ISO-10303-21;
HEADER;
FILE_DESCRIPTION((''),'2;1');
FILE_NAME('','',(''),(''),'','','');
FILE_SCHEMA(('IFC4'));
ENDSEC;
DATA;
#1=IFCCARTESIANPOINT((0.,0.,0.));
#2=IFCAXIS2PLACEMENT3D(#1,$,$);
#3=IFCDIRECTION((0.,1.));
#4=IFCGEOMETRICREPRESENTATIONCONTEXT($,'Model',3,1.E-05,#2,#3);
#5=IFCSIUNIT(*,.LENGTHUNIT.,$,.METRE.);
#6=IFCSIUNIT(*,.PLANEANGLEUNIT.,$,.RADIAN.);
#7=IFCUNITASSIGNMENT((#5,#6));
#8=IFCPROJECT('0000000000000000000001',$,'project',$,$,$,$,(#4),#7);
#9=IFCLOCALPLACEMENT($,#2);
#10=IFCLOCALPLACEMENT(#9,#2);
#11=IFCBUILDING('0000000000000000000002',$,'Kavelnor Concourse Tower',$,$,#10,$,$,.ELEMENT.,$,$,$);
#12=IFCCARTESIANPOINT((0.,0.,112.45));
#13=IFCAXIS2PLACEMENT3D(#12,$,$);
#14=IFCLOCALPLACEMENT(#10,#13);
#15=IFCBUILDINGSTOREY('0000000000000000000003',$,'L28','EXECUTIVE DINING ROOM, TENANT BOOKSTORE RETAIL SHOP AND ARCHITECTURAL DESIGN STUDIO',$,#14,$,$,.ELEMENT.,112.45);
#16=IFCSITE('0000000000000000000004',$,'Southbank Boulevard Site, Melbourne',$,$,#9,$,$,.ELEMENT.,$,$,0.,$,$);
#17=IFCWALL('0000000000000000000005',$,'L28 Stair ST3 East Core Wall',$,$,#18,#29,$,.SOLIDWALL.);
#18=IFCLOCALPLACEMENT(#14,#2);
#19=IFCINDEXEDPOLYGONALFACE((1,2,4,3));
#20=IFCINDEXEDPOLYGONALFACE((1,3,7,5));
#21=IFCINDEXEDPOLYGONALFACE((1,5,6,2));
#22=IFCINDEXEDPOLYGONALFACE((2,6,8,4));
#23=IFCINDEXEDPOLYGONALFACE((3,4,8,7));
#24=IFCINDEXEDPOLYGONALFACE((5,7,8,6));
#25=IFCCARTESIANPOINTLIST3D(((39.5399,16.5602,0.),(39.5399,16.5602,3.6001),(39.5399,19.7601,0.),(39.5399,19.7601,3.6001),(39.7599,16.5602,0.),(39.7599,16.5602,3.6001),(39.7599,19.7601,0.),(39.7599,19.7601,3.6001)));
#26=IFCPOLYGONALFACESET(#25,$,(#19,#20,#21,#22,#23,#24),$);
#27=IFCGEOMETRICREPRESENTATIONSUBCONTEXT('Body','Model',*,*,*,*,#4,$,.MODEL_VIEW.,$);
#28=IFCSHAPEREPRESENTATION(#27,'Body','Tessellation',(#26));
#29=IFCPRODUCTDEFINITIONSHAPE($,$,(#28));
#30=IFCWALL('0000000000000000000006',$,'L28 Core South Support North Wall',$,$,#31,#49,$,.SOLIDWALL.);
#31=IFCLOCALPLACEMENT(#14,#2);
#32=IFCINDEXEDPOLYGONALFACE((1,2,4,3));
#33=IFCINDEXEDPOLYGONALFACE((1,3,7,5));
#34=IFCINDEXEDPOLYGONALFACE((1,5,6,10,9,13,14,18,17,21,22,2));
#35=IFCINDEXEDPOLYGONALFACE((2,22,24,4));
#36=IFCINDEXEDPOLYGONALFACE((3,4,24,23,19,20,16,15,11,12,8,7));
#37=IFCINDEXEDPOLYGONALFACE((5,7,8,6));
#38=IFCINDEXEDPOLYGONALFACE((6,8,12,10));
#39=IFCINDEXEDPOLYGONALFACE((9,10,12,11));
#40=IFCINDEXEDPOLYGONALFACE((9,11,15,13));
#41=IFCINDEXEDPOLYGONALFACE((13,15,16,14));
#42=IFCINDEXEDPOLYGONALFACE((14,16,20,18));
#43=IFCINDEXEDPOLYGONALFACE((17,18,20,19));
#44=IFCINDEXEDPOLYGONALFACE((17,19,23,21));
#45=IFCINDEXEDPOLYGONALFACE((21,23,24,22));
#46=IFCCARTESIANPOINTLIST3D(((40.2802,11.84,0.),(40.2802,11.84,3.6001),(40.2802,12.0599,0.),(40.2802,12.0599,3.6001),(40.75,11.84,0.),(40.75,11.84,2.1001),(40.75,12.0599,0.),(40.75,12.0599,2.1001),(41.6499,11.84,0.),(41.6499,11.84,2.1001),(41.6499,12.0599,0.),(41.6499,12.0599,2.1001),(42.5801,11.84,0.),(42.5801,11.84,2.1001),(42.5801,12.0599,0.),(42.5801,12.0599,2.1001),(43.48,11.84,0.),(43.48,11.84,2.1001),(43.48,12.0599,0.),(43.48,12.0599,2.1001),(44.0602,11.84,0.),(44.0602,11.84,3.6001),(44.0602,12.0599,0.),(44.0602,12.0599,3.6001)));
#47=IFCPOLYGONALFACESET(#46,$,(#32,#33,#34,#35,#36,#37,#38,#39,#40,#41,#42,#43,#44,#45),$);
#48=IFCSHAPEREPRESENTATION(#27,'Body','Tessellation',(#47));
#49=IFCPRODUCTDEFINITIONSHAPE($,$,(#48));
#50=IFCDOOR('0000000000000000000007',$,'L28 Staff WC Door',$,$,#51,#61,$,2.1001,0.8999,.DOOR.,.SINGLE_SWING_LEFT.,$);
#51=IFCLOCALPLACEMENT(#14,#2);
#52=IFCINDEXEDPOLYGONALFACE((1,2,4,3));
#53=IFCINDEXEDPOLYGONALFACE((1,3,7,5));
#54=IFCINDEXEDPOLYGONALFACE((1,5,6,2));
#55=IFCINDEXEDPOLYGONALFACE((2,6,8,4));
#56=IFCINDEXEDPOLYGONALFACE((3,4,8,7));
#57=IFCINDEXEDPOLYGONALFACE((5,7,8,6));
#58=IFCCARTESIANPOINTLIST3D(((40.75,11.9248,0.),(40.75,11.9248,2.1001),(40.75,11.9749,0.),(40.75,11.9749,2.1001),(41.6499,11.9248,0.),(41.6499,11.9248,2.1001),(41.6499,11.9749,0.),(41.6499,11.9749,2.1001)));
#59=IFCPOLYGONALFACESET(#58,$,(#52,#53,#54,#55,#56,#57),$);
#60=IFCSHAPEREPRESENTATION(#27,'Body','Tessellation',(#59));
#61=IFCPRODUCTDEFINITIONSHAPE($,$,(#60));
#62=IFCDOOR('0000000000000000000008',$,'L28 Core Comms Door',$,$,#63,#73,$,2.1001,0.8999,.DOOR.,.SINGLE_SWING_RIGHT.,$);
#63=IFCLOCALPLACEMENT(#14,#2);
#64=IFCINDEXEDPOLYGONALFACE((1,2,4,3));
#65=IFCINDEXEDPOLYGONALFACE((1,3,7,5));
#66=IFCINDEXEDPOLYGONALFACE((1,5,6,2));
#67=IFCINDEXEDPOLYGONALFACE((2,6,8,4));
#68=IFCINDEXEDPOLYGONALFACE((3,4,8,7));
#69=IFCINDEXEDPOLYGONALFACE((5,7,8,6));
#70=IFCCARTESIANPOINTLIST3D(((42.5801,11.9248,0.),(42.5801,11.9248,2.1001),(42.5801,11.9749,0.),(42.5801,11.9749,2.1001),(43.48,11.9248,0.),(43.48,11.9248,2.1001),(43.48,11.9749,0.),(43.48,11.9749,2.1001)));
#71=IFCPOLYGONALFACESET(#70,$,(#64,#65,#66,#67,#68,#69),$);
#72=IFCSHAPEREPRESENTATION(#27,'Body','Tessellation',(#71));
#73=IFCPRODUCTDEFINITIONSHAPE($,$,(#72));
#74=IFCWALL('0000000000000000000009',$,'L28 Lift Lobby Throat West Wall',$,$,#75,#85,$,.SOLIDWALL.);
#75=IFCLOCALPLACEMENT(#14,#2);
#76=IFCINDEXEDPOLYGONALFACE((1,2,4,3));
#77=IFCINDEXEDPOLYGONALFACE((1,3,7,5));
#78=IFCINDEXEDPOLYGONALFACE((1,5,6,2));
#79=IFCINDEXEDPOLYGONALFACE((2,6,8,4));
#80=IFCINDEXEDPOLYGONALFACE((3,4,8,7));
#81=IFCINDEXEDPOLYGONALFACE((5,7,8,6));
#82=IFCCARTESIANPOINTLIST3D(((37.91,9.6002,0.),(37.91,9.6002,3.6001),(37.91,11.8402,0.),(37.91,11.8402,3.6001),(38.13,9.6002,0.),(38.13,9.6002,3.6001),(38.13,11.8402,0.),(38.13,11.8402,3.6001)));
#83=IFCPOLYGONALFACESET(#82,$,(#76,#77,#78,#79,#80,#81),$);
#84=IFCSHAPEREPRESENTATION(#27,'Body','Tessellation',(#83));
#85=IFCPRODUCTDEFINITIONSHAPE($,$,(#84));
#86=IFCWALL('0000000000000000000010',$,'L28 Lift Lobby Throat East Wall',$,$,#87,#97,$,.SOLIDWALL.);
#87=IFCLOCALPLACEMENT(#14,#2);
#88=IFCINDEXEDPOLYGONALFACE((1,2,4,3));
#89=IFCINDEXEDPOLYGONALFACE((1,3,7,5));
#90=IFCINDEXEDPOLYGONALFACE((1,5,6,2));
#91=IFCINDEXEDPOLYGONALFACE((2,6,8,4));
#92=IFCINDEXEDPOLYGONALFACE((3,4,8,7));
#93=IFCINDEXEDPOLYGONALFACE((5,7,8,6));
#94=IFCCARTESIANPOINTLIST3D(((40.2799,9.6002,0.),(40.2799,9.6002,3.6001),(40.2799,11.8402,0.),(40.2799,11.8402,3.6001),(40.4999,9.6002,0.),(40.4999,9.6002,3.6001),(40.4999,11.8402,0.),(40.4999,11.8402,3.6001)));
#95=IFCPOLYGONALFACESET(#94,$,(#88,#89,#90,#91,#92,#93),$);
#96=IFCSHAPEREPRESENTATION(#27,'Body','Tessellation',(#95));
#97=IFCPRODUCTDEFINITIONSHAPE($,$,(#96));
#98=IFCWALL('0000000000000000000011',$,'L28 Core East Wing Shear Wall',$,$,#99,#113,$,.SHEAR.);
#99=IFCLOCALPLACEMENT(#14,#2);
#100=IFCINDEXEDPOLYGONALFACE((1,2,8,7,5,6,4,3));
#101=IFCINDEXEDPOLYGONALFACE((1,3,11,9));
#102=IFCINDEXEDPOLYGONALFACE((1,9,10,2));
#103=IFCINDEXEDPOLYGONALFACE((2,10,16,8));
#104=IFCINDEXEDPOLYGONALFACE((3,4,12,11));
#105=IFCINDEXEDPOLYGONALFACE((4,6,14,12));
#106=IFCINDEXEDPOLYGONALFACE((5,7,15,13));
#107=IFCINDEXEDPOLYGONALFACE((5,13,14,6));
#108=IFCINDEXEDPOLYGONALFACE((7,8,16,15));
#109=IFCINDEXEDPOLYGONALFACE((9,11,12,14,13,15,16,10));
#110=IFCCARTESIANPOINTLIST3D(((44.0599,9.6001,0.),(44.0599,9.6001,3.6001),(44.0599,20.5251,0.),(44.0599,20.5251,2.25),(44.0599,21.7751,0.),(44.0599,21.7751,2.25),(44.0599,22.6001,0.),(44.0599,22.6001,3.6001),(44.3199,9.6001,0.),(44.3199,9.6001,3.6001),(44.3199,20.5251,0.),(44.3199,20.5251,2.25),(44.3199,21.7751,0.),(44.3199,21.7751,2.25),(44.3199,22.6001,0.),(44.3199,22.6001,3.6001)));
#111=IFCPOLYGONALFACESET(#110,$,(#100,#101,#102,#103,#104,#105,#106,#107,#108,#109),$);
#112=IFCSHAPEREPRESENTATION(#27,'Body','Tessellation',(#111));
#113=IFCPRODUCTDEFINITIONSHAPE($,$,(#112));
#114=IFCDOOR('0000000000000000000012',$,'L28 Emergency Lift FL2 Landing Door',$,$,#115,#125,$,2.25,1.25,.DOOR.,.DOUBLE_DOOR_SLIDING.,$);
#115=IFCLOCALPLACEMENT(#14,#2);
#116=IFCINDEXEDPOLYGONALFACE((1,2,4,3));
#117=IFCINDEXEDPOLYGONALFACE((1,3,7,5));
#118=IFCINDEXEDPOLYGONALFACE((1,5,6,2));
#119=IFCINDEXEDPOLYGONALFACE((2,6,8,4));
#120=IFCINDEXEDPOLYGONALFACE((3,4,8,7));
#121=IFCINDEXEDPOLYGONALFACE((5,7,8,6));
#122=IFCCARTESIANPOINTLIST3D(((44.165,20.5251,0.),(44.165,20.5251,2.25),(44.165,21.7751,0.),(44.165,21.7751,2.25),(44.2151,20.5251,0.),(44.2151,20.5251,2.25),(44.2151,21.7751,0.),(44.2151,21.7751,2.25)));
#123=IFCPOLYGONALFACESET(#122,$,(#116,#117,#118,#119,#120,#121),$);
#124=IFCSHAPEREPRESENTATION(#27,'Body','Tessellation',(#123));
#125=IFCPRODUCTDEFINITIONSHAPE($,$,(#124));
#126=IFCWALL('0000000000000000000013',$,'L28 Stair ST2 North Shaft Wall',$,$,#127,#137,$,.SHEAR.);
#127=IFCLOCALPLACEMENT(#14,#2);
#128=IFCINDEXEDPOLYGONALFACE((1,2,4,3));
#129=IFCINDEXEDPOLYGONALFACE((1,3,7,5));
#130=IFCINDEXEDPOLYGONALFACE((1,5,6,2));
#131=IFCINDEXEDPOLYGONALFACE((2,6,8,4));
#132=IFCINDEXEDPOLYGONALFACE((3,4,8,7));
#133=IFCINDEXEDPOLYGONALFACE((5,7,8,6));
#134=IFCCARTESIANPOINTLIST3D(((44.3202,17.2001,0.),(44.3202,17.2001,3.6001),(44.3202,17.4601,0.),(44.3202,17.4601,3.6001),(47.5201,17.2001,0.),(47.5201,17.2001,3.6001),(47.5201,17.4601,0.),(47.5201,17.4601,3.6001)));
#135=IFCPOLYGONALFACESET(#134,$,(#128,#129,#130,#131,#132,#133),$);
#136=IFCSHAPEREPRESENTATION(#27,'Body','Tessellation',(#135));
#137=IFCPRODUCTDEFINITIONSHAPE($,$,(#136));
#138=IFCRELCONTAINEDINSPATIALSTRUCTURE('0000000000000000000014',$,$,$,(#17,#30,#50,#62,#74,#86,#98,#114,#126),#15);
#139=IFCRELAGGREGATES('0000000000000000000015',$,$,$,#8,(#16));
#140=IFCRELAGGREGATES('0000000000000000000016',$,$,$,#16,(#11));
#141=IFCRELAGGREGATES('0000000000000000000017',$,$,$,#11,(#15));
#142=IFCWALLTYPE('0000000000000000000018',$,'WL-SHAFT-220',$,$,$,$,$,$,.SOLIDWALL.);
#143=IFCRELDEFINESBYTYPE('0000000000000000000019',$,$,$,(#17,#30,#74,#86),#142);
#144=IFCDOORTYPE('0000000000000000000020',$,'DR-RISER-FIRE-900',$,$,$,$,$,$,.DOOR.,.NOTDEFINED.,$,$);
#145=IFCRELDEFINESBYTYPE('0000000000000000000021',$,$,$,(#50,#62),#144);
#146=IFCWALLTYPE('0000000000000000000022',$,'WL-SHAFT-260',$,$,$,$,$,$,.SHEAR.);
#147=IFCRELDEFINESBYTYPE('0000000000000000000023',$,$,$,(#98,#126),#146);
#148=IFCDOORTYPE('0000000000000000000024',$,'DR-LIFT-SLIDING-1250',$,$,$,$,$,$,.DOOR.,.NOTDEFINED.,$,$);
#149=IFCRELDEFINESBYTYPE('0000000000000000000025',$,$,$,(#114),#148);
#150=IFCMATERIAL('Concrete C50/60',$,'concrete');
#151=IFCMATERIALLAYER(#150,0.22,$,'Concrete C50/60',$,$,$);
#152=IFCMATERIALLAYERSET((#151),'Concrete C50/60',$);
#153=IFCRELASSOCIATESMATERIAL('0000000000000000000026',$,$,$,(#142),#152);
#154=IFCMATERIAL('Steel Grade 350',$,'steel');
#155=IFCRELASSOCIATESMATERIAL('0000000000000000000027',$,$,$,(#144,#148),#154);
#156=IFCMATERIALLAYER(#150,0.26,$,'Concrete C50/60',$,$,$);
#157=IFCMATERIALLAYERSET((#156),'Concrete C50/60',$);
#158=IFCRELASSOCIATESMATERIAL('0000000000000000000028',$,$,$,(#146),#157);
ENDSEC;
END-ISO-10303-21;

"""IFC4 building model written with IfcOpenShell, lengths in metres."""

from ifc_helpers import new_model, si_unit, direction, frame, frame_2d, origin, place, context, subcontext, project, spatial, rectangle, extrude, material, layer, layer_set, type_object, element, fill, save


model = new_model("IFC4")

# Units and contexts
model_context = context("Model", 3, precision=1e-05, world=origin(), true_north=direction((0.0, 1.0)))
body_context = subcontext(model_context, "Body", "Model", "MODEL_VIEW")
ifc_project = project(units=[si_unit("LENGTHUNIT", "METRE"), si_unit("PLANEANGLEUNIT", "RADIAN")], contexts=[model_context])

# Site, building, storey
site_placement = place(None, origin())
site = spatial("IfcSite", under=ifc_project, at=site_placement, Name="Southbank Boulevard Site, Melbourne", CompositionType="ELEMENT", RefElevation=0.0)
building_placement = place(site_placement, origin())
building = spatial("IfcBuilding", under=site, at=building_placement, Name="Kavelnor Concourse Tower", CompositionType="ELEMENT")
storey_placement = place(building_placement, frame((0.0, 0.0, 112.45)))
storey = spatial("IfcBuildingStorey", under=building, at=storey_placement, Name="L28", Description="EXECUTIVE DINING ROOM, TENANT BOOKSTORE RETAIL SHOP AND ARCHITECTURAL DESIGN STUDIO", CompositionType="ELEMENT", Elevation=112.45)

# Shared definitions
ifc_material_1 = material(Name="Steel Grade 350", Category="steel")

# Wall
ifc_material_2 = material(Name="Concrete C50/60", Category="concrete")
ifc_layer_1 = layer(ifc_material_2, 0.22, Name="Concrete C50/60")
ifc_layer_set_1 = layer_set([ifc_layer_1], Name="Concrete C50/60")
wall_type_1 = type_object("IfcWallType", Name="WL-SHAFT-220", PredefinedType="SOLIDWALL", material=ifc_layer_set_1)
wall_1_placement = place(storey_placement, frame((39.6499, 16.5601, 0.0), z_axis=(0.0, 0.0, 1.0), x_axis=(0.0, 1.0, 0.0)))
element("IfcWall", 1, at=wall_1_placement, inside=storey, type_object=wall_type_1, Name="L28 Stair ST3 East Core Wall", PredefinedType="SOLIDWALL", context=body_context, shape_type="SweptSolid", body=[
    extrude(rectangle(XDim=3.2, YDim=0.22, at=frame_2d((1.6001, 0.0))), origin(), (0.0, 0.0, 1.0), 3.6001),
])

# Wall, openings, doors
wall_2_placement = place(storey_placement, frame((40.28, 11.95, 0.0), z_axis=(0.0, 0.0, 1.0), x_axis=(1.0, 0.0, 0.0)))
wall_2 = element("IfcWall", 2, at=wall_2_placement, inside=storey, type_object=wall_type_1, Name="L28 Core South Support North Wall", PredefinedType="SOLIDWALL", context=body_context, shape_type="SweptSolid", body=[
    extrude(rectangle(XDim=3.78, YDim=0.22, at=frame_2d((1.8901, 0.0))), origin(), (0.0, 0.0, 1.0), 3.6001),
])
opening_1_placement = place(wall_2_placement, frame((0.47, 0.0, 0.0)))
opening_1 = element("IfcOpeningElement", 3, at=opening_1_placement, cuts=wall_2, PredefinedType="OPENING", context=body_context, shape_type="SweptSolid", body=[
    extrude(rectangle(XDim=0.8999, YDim=2.1001, at=frame_2d((0.45, 1.05))), frame((0.0, 0.1201, 0.0), z_axis=(0.0, -1.0, 0.0), x_axis=(1.0, 0.0, 0.0)), (0.0, 0.0, 1.0), 0.24),
])
opening_2_placement = place(wall_2_placement, frame((2.3, 0.0, 0.0)))
opening_2 = element("IfcOpeningElement", 4, at=opening_2_placement, cuts=wall_2, PredefinedType="OPENING", context=body_context, shape_type="SweptSolid", body=[
    extrude(rectangle(XDim=0.8999, YDim=2.1001, at=frame_2d((0.45, 1.05))), frame((0.0, 0.1201, 0.0), z_axis=(0.0, -1.0, 0.0), x_axis=(1.0, 0.0, 0.0)), (0.0, 0.0, 1.0), 0.24),
])
door_type_1 = type_object("IfcDoorType", Name="DR-RISER-FIRE-900", OperationType="NOTDEFINED", PredefinedType="DOOR", material=ifc_material_1)
door_1_placement = place(opening_1_placement, origin())
door_1 = element("IfcDoor", 5, at=door_1_placement, inside=storey, type_object=door_type_1, Name="L28 Staff WC Door", OperationType="SINGLE_SWING_LEFT", OverallHeight=2.1001, OverallWidth=0.8999, PredefinedType="DOOR", context=body_context, shape_type="SweptSolid", body=[
    extrude(rectangle(XDim=0.8999, YDim=2.1001, at=frame_2d((0.45, 1.05))), frame((0.0, 0.0249, 0.0), z_axis=(0.0, -1.0, 0.0), x_axis=(1.0, 0.0, 0.0)), (0.0, 0.0, 1.0), 0.05),
])
fill(opening_1, door_1)
door_2_placement = place(opening_2_placement, origin())
door_2 = element("IfcDoor", 6, at=door_2_placement, inside=storey, type_object=door_type_1, Name="L28 Core Comms Door", OperationType="SINGLE_SWING_RIGHT", OverallHeight=2.1001, OverallWidth=0.8999, PredefinedType="DOOR", context=body_context, shape_type="SweptSolid", body=[
    extrude(rectangle(XDim=0.8999, YDim=2.1001, at=frame_2d((0.45, 1.05))), frame((0.0, 0.0249, 0.0), z_axis=(0.0, -1.0, 0.0), x_axis=(1.0, 0.0, 0.0)), (0.0, 0.0, 1.0), 0.05),
])
fill(opening_2, door_2)

# Walls
for number, where, z_axis, x_axis, name in (
    (7, (38.02, 9.6001, 0.0), (0.0, 0.0, 1.0), (0.0, 1.0, 0.0), "L28 Lift Lobby Throat West Wall"),
    (8, (40.3899, 9.6001, 0.0), (0.0, 0.0, 1.0), (0.0, 1.0, 0.0), "L28 Lift Lobby Throat East Wall"),
):
    element("IfcWall", number, at=place(storey_placement, frame(where, z_axis=z_axis, x_axis=x_axis)), inside=storey, type_object=wall_type_1, Name=name, PredefinedType="SOLIDWALL", context=body_context, shape_type="SweptSolid", body=[
        extrude(rectangle(XDim=2.24, YDim=0.22, at=frame_2d((1.1201, 0.0))), origin(), (0.0, 0.0, 1.0), 3.6001),
    ])

# Wall, opening, door
ifc_layer_2 = layer(ifc_material_2, 0.26, Name="Concrete C50/60")
ifc_layer_set_2 = layer_set([ifc_layer_2], Name="Concrete C50/60")
wall_type_2 = type_object("IfcWallType", Name="WL-SHAFT-260", PredefinedType="SHEAR", material=ifc_layer_set_2)
wall_3_placement = place(storey_placement, frame((44.1899, 9.6001, 0.0), z_axis=(0.0, 0.0, 1.0), x_axis=(0.0, 1.0, 0.0)))
wall_3 = element("IfcWall", 9, at=wall_3_placement, inside=storey, type_object=wall_type_2, Name="L28 Core East Wing Shear Wall", PredefinedType="SHEAR", context=body_context, shape_type="SweptSolid", body=[
    extrude(rectangle(XDim=13.0, YDim=0.26, at=frame_2d((6.5, 0.0))), origin(), (0.0, 0.0, 1.0), 3.6001),
])
opening_3_placement = place(wall_3_placement, frame((10.925, 0.0, 0.0)))
opening_3 = element("IfcOpeningElement", 10, at=opening_3_placement, cuts=wall_3, PredefinedType="OPENING", context=body_context, shape_type="SweptSolid", body=[
    extrude(rectangle(XDim=1.25, YDim=2.25, at=frame_2d((0.625, 1.125))), frame((0.0, 0.1401, 0.0), z_axis=(0.0, -1.0, 0.0), x_axis=(1.0, 0.0, 0.0)), (0.0, 0.0, 1.0), 0.28),
])
door_type_2 = type_object("IfcDoorType", Name="DR-LIFT-SLIDING-1250", OperationType="NOTDEFINED", PredefinedType="DOOR", material=ifc_material_1)
door_3_placement = place(opening_3_placement, origin())
door_3 = element("IfcDoor", 11, at=door_3_placement, inside=storey, type_object=door_type_2, Name="L28 Emergency Lift FL2 Landing Door", OperationType="DOUBLE_DOOR_SLIDING", OverallHeight=2.25, OverallWidth=1.25, PredefinedType="DOOR", context=body_context, shape_type="SweptSolid", body=[
    extrude(rectangle(XDim=1.25, YDim=2.25, at=frame_2d((0.625, 1.125))), frame((0.0, 0.0249, 0.0), z_axis=(0.0, -1.0, 0.0), x_axis=(1.0, 0.0, 0.0)), (0.0, 0.0, 1.0), 0.05),
])
fill(opening_3, door_3)

# Wall
wall_4_placement = place(storey_placement, frame((44.3201, 17.3301, 0.0), z_axis=(0.0, 0.0, 1.0), x_axis=(1.0, 0.0, 0.0)))
element("IfcWall", 12, at=wall_4_placement, inside=storey, type_object=wall_type_2, Name="L28 Stair ST2 North Shaft Wall", PredefinedType="SHEAR", context=body_context, shape_type="SweptSolid", body=[
    extrude(rectangle(XDim=3.2, YDim=0.26, at=frame_2d((1.6001, 0.0))), origin(), (0.0, 0.0, 1.0), 3.6001),
])

save(model, "model.ifc")
